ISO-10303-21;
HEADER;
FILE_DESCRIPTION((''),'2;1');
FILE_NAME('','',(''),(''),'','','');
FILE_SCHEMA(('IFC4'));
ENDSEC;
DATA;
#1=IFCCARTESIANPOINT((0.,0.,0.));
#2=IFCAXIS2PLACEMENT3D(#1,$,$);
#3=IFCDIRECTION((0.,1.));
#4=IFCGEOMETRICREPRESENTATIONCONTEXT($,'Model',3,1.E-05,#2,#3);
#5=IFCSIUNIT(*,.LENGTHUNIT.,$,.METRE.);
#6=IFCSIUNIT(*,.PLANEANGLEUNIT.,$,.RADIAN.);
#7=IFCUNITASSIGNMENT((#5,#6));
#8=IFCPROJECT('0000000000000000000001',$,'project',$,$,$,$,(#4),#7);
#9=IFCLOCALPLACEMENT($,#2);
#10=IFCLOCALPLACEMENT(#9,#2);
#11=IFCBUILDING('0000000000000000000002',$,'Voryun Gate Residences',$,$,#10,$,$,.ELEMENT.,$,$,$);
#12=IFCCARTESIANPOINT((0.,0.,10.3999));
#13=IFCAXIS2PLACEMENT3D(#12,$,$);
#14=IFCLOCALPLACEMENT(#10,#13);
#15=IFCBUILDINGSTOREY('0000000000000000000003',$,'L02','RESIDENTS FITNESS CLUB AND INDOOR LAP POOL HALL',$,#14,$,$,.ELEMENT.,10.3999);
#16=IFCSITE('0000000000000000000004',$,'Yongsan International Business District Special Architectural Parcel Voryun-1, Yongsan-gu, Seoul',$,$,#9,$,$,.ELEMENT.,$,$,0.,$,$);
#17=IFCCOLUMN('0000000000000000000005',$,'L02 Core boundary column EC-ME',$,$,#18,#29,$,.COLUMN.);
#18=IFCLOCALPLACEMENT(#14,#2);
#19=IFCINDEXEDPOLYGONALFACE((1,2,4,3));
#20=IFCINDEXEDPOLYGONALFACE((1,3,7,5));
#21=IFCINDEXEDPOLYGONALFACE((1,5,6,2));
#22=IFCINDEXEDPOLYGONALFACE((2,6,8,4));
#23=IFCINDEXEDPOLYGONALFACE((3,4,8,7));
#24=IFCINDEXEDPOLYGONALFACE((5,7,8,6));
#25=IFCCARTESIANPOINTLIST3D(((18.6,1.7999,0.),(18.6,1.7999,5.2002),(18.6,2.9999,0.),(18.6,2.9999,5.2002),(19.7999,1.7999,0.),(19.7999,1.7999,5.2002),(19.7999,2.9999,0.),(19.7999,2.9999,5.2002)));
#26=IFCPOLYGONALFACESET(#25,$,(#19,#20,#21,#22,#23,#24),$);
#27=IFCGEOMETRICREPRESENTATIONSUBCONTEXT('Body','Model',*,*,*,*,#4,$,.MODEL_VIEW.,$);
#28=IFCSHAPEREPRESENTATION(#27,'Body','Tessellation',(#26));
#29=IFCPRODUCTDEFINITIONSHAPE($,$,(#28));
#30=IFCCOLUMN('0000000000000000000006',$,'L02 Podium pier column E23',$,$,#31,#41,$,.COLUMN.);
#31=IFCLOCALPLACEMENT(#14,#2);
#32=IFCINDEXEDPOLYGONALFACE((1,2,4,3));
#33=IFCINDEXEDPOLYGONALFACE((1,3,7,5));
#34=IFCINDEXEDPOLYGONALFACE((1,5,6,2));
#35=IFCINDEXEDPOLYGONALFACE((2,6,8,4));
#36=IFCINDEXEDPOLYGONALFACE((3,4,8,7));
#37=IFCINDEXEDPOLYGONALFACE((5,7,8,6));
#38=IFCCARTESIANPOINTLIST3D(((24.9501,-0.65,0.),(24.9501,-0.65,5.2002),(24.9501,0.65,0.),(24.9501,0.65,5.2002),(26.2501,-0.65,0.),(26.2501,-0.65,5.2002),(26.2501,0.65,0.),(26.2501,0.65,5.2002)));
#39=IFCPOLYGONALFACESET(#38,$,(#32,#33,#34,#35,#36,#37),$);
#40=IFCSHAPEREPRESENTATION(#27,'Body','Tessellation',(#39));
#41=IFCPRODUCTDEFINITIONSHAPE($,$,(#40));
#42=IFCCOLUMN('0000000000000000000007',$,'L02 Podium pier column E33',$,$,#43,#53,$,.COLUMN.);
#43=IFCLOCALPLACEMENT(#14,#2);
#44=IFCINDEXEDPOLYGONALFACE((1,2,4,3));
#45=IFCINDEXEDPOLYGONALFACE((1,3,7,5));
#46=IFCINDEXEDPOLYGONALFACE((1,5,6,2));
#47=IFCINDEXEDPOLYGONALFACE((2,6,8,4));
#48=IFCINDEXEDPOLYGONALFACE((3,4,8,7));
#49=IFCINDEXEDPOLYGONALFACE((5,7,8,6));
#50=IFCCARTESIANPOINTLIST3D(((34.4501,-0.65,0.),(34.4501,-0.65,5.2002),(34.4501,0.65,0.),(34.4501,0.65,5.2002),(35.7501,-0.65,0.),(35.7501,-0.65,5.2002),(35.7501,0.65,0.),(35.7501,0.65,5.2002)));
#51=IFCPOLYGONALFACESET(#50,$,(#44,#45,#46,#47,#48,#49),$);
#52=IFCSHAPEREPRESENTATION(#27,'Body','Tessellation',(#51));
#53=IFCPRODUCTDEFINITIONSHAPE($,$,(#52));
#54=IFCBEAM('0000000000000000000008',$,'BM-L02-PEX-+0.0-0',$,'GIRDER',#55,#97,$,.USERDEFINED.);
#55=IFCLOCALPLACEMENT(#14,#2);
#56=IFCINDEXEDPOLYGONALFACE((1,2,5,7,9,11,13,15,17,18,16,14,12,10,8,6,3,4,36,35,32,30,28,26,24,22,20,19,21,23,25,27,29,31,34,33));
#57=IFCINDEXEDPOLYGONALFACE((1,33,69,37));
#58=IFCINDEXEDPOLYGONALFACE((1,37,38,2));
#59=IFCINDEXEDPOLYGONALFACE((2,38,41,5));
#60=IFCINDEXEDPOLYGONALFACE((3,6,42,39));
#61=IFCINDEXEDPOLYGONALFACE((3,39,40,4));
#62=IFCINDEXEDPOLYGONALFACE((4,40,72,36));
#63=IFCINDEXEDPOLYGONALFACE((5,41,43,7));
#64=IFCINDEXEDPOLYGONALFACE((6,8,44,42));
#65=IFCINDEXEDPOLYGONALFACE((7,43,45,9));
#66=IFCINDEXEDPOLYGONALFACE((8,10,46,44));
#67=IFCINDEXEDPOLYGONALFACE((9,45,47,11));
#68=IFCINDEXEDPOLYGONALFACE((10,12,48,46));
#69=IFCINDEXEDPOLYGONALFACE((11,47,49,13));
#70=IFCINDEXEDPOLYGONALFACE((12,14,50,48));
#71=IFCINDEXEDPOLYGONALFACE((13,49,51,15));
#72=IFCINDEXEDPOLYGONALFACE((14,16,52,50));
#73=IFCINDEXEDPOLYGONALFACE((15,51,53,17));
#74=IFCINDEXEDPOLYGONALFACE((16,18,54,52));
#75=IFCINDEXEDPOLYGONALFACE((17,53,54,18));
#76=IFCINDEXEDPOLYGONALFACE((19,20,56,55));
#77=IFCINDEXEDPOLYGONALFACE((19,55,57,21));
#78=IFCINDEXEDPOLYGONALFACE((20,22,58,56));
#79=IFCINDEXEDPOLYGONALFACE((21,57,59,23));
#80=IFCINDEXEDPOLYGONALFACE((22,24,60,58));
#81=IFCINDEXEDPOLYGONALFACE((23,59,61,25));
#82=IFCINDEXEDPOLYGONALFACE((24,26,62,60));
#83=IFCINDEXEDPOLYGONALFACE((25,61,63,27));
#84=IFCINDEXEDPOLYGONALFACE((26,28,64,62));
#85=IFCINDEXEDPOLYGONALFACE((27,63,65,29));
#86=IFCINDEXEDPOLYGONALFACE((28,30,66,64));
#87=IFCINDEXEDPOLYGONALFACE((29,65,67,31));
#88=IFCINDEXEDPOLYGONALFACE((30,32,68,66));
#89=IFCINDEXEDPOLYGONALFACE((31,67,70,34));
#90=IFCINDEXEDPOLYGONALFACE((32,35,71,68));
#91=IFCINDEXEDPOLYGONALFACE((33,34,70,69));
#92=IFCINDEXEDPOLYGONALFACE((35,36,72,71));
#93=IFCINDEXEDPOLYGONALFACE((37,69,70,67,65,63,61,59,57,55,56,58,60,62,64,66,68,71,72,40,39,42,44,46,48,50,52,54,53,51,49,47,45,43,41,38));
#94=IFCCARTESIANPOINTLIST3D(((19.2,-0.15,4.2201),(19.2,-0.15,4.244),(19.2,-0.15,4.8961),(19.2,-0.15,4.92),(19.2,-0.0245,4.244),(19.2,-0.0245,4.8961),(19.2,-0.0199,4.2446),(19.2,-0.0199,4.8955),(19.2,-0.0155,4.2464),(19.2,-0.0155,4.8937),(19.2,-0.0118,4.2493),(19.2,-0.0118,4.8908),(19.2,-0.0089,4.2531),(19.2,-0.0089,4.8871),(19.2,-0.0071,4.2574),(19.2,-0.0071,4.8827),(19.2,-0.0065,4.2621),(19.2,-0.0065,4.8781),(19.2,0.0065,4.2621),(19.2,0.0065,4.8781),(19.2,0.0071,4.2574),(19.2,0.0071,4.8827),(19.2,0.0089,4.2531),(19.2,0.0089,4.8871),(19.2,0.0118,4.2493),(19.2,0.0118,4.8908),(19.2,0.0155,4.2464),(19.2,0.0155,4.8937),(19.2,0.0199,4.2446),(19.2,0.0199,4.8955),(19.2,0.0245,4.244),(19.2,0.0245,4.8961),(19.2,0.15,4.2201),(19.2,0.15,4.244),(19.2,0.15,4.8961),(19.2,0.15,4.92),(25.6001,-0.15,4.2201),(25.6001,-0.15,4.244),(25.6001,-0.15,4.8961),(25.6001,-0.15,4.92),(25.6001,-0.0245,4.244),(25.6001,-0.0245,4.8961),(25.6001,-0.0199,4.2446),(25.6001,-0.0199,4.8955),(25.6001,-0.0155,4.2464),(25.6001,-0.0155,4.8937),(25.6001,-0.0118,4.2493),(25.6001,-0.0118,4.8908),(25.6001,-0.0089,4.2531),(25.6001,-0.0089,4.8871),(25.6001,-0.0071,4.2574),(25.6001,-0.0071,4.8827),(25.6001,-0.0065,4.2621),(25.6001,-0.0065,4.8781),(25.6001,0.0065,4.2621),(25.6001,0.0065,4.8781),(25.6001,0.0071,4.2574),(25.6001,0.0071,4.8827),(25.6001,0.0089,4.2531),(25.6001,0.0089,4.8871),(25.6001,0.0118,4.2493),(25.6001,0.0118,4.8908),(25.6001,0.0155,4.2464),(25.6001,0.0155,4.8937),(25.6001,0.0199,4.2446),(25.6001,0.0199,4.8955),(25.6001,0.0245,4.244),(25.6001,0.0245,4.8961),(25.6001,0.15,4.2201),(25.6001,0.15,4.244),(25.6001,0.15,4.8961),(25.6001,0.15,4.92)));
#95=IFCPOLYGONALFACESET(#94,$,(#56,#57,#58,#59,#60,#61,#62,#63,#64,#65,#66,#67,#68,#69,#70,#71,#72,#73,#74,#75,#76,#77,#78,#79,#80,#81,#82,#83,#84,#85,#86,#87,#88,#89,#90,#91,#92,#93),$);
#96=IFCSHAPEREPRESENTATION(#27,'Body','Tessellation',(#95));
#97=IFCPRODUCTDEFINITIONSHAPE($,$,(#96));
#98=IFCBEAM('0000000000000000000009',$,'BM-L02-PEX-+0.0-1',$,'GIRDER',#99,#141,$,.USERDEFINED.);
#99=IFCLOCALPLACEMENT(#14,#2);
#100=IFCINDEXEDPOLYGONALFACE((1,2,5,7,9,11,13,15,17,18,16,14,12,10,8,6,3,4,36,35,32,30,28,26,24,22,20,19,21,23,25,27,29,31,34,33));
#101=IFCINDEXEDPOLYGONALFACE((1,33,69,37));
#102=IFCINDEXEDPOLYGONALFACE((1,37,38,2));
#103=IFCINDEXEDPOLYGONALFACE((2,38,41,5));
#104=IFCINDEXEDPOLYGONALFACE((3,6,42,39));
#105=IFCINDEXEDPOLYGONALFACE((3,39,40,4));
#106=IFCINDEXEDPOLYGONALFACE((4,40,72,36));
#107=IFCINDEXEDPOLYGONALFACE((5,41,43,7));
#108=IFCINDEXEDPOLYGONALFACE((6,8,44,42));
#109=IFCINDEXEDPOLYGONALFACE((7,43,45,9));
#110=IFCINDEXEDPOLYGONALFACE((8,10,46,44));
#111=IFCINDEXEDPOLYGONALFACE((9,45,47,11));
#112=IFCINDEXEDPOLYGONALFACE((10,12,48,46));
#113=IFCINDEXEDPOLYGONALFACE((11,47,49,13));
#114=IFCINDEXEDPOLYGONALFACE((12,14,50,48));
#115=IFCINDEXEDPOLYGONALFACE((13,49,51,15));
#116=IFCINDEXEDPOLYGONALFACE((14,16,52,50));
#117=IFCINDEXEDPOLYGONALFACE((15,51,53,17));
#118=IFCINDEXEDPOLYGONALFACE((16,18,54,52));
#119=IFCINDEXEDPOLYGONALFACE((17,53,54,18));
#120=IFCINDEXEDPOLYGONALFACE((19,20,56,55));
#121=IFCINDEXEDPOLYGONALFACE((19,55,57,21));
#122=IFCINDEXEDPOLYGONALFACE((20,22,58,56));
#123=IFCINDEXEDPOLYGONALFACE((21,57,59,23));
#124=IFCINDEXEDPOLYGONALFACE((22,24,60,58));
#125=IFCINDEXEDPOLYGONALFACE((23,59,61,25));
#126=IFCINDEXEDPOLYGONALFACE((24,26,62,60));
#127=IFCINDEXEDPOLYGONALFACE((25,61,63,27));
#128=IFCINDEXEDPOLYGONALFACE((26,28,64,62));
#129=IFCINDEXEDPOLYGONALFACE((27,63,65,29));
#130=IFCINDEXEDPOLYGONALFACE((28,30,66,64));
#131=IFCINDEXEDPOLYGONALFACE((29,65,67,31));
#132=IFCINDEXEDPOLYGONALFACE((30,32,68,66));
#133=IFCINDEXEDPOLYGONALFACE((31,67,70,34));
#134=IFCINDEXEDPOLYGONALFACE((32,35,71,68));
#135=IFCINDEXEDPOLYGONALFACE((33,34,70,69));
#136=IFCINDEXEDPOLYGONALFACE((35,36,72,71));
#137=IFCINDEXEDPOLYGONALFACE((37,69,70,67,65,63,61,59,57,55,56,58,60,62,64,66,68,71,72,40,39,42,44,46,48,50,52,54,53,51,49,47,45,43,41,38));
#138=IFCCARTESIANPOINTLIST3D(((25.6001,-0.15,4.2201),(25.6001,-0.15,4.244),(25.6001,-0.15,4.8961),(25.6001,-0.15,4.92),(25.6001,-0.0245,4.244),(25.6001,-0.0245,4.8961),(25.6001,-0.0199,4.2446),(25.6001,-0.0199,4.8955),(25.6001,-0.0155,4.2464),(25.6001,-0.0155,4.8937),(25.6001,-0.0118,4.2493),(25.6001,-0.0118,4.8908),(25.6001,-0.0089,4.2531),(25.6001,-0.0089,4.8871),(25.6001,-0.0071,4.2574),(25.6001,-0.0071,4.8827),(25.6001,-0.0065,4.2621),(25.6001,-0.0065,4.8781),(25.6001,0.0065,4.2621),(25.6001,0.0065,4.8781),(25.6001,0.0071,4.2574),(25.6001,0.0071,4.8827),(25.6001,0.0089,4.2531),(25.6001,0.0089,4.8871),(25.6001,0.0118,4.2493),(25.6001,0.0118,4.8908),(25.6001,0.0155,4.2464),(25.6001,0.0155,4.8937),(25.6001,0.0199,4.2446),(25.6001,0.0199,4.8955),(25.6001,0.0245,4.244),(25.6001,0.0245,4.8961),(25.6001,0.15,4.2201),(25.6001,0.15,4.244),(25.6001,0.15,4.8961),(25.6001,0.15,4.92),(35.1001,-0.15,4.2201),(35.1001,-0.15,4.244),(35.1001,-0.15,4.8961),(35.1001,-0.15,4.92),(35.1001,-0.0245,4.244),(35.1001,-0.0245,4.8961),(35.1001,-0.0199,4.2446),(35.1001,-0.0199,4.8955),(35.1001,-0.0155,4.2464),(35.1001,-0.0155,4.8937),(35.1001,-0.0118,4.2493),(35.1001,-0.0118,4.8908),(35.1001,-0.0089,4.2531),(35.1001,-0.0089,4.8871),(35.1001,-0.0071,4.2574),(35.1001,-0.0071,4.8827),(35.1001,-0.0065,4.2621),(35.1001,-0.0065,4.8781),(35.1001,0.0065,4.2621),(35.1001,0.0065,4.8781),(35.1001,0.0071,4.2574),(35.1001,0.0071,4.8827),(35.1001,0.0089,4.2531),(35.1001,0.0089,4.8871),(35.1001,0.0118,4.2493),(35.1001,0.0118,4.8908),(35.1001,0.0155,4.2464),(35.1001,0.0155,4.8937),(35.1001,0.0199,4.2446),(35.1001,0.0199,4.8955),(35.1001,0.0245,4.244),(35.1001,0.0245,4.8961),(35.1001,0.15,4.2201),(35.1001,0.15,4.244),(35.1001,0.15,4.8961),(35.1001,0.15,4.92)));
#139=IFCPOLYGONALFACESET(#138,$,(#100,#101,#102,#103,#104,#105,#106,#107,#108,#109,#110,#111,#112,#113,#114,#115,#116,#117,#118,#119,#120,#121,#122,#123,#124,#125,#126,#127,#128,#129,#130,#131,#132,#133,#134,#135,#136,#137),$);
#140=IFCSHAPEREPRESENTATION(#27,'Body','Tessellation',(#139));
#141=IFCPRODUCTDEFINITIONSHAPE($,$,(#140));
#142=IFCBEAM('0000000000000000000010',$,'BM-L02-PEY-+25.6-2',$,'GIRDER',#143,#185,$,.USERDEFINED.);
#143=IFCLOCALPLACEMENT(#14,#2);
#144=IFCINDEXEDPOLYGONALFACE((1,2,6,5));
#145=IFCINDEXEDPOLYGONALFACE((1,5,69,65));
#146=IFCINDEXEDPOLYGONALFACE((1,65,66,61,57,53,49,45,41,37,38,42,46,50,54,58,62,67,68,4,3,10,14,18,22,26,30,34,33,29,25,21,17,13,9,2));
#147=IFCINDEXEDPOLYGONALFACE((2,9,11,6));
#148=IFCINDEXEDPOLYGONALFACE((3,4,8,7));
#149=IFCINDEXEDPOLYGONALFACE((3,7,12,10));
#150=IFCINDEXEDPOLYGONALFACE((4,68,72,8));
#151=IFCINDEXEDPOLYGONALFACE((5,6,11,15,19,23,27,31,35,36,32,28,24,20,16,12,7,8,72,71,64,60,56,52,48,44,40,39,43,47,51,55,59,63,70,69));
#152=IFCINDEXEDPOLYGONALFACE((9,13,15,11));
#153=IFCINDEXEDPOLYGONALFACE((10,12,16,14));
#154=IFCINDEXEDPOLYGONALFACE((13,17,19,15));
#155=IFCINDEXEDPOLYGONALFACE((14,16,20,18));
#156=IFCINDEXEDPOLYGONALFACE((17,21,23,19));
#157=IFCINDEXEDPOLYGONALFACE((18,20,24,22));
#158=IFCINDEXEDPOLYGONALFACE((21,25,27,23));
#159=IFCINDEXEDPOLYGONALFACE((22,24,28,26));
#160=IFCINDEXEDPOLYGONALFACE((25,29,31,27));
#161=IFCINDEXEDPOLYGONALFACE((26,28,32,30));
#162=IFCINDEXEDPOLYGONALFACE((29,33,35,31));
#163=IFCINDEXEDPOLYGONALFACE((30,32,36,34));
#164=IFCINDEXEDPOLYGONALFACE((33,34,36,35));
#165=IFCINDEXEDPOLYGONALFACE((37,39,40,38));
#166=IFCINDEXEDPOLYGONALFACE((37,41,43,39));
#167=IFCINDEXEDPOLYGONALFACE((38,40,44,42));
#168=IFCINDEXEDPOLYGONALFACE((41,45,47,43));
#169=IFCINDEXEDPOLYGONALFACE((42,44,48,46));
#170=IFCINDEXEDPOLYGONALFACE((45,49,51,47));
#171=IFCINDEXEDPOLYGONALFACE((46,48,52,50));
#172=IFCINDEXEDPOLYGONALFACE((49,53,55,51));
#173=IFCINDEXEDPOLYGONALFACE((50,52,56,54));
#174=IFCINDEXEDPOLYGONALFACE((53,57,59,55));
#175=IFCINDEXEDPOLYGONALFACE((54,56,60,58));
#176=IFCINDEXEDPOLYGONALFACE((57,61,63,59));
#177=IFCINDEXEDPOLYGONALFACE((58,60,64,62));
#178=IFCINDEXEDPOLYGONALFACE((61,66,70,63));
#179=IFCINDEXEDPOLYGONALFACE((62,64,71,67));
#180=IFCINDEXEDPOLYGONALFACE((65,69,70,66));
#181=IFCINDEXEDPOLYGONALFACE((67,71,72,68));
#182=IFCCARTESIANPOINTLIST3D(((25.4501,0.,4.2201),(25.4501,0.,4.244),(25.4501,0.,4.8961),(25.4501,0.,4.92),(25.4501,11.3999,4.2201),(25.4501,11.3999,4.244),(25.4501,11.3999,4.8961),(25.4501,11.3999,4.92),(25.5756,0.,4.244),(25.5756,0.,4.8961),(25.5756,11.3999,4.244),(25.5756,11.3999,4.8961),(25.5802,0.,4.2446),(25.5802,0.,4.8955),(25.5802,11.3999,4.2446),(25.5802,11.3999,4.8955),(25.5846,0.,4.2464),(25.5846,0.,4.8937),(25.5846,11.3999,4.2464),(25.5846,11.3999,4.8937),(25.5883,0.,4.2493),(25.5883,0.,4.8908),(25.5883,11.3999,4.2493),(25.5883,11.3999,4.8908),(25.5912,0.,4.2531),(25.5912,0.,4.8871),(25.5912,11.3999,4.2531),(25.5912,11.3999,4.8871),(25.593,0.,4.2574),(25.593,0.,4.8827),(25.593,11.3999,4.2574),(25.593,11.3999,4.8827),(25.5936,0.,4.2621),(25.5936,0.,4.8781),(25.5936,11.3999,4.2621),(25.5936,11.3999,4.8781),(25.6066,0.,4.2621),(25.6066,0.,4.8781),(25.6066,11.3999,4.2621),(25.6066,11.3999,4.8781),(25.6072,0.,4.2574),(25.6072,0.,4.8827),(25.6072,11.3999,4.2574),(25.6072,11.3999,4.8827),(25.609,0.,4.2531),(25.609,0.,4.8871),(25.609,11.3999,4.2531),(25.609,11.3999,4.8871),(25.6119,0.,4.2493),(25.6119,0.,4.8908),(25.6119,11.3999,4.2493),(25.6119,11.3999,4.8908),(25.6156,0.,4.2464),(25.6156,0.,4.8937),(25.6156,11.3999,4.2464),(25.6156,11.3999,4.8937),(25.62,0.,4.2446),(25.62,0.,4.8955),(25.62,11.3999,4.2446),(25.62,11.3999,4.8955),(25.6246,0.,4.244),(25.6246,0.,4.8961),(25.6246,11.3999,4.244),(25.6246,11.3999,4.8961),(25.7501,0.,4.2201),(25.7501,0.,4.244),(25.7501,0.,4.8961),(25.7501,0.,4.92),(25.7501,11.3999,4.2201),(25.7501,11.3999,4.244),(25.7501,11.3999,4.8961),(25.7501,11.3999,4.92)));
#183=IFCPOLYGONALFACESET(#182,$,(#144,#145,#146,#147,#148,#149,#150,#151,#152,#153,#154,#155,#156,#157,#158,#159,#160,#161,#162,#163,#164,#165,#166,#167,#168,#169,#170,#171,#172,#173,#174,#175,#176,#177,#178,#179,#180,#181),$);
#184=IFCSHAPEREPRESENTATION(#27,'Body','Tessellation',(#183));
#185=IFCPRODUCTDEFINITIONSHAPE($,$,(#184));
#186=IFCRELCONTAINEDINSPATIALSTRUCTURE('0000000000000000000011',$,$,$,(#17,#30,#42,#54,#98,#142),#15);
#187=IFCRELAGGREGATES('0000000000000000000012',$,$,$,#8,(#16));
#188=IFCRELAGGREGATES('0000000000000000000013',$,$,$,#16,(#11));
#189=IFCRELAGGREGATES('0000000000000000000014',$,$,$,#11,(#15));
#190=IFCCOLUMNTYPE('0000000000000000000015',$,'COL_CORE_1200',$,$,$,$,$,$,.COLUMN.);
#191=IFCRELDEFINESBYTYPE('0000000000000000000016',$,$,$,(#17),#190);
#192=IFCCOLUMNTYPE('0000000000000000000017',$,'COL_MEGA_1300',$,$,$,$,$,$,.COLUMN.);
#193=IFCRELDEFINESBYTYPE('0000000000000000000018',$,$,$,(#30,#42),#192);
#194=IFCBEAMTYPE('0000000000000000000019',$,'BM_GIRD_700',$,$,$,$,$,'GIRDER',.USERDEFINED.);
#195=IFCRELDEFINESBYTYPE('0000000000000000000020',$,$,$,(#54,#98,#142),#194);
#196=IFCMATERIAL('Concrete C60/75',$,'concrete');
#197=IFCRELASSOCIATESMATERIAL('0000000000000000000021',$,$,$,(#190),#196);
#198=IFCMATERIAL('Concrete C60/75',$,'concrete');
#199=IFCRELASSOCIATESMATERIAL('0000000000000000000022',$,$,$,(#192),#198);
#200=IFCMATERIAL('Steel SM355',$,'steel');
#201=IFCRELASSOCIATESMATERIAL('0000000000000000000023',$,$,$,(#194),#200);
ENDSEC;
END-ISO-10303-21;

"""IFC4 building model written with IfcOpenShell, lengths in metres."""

from ifc_helpers import new_model, si_unit, direction, frame, origin, origin_2d, place, context, subcontext, project, spatial, rectangle, i_section, extrude, material, material_profile, profile_set, type_object, element, save


model = new_model("IFC4")

# Units and contexts
model_context = context("Model", 3, precision=1e-05, world=origin(), true_north=direction((0.0, 1.0)))
body_context = subcontext(model_context, "Body", "Model", "MODEL_VIEW")
ifc_project = project(units=[si_unit("LENGTHUNIT", "METRE"), si_unit("PLANEANGLEUNIT", "RADIAN")], contexts=[model_context])

# Site, building, storey
site_placement = place(None, origin())
site = spatial("IfcSite", under=ifc_project, at=site_placement, Name="Yongsan International Business District Special Architectural Parcel Voryun-1, Yongsan-gu, Seoul", CompositionType="ELEMENT", RefElevation=0.0)
building_placement = place(site_placement, origin())
building = spatial("IfcBuilding", under=site, at=building_placement, Name="Voryun Gate Residences", CompositionType="ELEMENT")
storey_placement = place(building_placement, frame((0.0, 0.0, 10.3999)))
storey = spatial("IfcBuildingStorey", under=building, at=storey_placement, Name="L02", Description="RESIDENTS FITNESS CLUB AND INDOOR LAP POOL HALL", CompositionType="ELEMENT", Elevation=10.3999)

# Columns
ifc_material_1 = material(Name="Concrete C60/75", Category="concrete")
ifc_material_profile_1 = material_profile(ifc_material_1, rectangle(XDim=1.2, YDim=1.2, at=origin_2d()), Name="RC-1200x1200")
ifc_profile_set_1 = profile_set([ifc_material_profile_1], Name="Concrete C60/75")
column_type_1 = type_object("IfcColumnType", Name="COL_CORE_1200", PredefinedType="COLUMN", material=ifc_profile_set_1)
column_placement = place(storey_placement, frame((19.2, 2.3999, 0.0), z_axis=(0.0, 0.0, 1.0), x_axis=(1.0, 0.0, 0.0)))
element("IfcColumn", 1, at=column_placement, inside=storey, type_object=column_type_1, Name="L02 Core boundary column EC-ME", PredefinedType="COLUMN", context=body_context, shape_type="SweptSolid", body=[
    extrude(rectangle(XDim=1.2, YDim=1.2, at=origin_2d()), origin(), (0.0, 0.0, 1.0), 5.2002),
])
ifc_material_2 = material(Name="Concrete C60/75", Category="concrete")
ifc_material_profile_2 = material_profile(ifc_material_2, rectangle(XDim=1.3, YDim=1.3, at=origin_2d()), Name="RC-1300x1300")
ifc_profile_set_2 = profile_set([ifc_material_profile_2], Name="Concrete C60/75")
column_type_2 = type_object("IfcColumnType", Name="COL_MEGA_1300", PredefinedType="COLUMN", material=ifc_profile_set_2)
for number, where, z_axis, x_axis, name in (
    (2, (25.6001, 0.0, 0.0), (0.0, 0.0, 1.0), (1.0, 0.0, 0.0), "L02 Podium pier column E23"),
    (3, (35.1001, 0.0, 0.0), (0.0, 0.0, 1.0), (1.0, 0.0, 0.0), "L02 Podium pier column E33"),
):
    element("IfcColumn", number, at=place(storey_placement, frame(where, z_axis=z_axis, x_axis=x_axis)), inside=storey, type_object=column_type_2, Name=name, PredefinedType="COLUMN", context=body_context, shape_type="SweptSolid", body=[
        extrude(rectangle(XDim=1.3, YDim=1.3, at=origin_2d()), origin(), (0.0, 0.0, 1.0), 5.2002),
    ])

# Beams
ifc_material_3 = material(Name="Steel SM355", Category="steel")
ifc_material_profile_3 = material_profile(ifc_material_3, i_section(OverallWidth=0.3, OverallDepth=0.7, WebThickness=0.0129, FlangeThickness=0.0239, FilletRadius=0.0181, at=origin_2d()), Name="H-700x300x13x24")
ifc_profile_set_3 = profile_set([ifc_material_profile_3], Name="Steel SM355")
beam_type = type_object("IfcBeamType", Name="BM_GIRD_700", ElementType="GIRDER", PredefinedType="USERDEFINED", material=ifc_profile_set_3)
beam_1_placement = place(storey_placement, frame((19.2, 0.0, 4.5701), z_axis=(1.0, 0.0, 0.0), x_axis=(0.0, 1.0, 0.0)))
element("IfcBeam", 4, at=beam_1_placement, inside=storey, type_object=beam_type, Name="BM-L02-PEX-+0.0-0", ObjectType="GIRDER", PredefinedType="USERDEFINED", context=body_context, shape_type="SweptSolid", body=[
    extrude(i_section(OverallWidth=0.3, OverallDepth=0.7, WebThickness=0.0129, FlangeThickness=0.0239, FilletRadius=0.0181, at=origin_2d()), origin(), (0.0, 0.0, 1.0), 6.4001),
])
beam_2_placement = place(storey_placement, frame((25.6001, 0.0, 4.5701), z_axis=(1.0, 0.0, 0.0), x_axis=(0.0, 1.0, 0.0)))
element("IfcBeam", 5, at=beam_2_placement, inside=storey, type_object=beam_type, Name="BM-L02-PEX-+0.0-1", ObjectType="GIRDER", PredefinedType="USERDEFINED", context=body_context, shape_type="SweptSolid", body=[
    extrude(i_section(OverallWidth=0.3, OverallDepth=0.7, WebThickness=0.0129, FlangeThickness=0.0239, FilletRadius=0.0181, at=origin_2d()), origin(), (0.0, 0.0, 1.0), 9.5),
])
for number, where, z_axis, x_axis, name in (
    (6, (25.6001, 0.0, 4.5701), (0.0, 1.0, 0.0), (-1.0, 0.0, 0.0), "BM-L02-PEY-+25.6-2"),
):
    element("IfcBeam", number, at=place(storey_placement, frame(where, z_axis=z_axis, x_axis=x_axis)), inside=storey, type_object=beam_type, Name=name, ObjectType="GIRDER", PredefinedType="USERDEFINED", context=body_context, shape_type="SweptSolid", body=[
        extrude(i_section(OverallWidth=0.3, OverallDepth=0.7, WebThickness=0.0129, FlangeThickness=0.0239, FilletRadius=0.0181, at=origin_2d()), origin(), (0.0, 0.0, 1.0), 11.3999),
    ])

save(model, "model.ifc")
